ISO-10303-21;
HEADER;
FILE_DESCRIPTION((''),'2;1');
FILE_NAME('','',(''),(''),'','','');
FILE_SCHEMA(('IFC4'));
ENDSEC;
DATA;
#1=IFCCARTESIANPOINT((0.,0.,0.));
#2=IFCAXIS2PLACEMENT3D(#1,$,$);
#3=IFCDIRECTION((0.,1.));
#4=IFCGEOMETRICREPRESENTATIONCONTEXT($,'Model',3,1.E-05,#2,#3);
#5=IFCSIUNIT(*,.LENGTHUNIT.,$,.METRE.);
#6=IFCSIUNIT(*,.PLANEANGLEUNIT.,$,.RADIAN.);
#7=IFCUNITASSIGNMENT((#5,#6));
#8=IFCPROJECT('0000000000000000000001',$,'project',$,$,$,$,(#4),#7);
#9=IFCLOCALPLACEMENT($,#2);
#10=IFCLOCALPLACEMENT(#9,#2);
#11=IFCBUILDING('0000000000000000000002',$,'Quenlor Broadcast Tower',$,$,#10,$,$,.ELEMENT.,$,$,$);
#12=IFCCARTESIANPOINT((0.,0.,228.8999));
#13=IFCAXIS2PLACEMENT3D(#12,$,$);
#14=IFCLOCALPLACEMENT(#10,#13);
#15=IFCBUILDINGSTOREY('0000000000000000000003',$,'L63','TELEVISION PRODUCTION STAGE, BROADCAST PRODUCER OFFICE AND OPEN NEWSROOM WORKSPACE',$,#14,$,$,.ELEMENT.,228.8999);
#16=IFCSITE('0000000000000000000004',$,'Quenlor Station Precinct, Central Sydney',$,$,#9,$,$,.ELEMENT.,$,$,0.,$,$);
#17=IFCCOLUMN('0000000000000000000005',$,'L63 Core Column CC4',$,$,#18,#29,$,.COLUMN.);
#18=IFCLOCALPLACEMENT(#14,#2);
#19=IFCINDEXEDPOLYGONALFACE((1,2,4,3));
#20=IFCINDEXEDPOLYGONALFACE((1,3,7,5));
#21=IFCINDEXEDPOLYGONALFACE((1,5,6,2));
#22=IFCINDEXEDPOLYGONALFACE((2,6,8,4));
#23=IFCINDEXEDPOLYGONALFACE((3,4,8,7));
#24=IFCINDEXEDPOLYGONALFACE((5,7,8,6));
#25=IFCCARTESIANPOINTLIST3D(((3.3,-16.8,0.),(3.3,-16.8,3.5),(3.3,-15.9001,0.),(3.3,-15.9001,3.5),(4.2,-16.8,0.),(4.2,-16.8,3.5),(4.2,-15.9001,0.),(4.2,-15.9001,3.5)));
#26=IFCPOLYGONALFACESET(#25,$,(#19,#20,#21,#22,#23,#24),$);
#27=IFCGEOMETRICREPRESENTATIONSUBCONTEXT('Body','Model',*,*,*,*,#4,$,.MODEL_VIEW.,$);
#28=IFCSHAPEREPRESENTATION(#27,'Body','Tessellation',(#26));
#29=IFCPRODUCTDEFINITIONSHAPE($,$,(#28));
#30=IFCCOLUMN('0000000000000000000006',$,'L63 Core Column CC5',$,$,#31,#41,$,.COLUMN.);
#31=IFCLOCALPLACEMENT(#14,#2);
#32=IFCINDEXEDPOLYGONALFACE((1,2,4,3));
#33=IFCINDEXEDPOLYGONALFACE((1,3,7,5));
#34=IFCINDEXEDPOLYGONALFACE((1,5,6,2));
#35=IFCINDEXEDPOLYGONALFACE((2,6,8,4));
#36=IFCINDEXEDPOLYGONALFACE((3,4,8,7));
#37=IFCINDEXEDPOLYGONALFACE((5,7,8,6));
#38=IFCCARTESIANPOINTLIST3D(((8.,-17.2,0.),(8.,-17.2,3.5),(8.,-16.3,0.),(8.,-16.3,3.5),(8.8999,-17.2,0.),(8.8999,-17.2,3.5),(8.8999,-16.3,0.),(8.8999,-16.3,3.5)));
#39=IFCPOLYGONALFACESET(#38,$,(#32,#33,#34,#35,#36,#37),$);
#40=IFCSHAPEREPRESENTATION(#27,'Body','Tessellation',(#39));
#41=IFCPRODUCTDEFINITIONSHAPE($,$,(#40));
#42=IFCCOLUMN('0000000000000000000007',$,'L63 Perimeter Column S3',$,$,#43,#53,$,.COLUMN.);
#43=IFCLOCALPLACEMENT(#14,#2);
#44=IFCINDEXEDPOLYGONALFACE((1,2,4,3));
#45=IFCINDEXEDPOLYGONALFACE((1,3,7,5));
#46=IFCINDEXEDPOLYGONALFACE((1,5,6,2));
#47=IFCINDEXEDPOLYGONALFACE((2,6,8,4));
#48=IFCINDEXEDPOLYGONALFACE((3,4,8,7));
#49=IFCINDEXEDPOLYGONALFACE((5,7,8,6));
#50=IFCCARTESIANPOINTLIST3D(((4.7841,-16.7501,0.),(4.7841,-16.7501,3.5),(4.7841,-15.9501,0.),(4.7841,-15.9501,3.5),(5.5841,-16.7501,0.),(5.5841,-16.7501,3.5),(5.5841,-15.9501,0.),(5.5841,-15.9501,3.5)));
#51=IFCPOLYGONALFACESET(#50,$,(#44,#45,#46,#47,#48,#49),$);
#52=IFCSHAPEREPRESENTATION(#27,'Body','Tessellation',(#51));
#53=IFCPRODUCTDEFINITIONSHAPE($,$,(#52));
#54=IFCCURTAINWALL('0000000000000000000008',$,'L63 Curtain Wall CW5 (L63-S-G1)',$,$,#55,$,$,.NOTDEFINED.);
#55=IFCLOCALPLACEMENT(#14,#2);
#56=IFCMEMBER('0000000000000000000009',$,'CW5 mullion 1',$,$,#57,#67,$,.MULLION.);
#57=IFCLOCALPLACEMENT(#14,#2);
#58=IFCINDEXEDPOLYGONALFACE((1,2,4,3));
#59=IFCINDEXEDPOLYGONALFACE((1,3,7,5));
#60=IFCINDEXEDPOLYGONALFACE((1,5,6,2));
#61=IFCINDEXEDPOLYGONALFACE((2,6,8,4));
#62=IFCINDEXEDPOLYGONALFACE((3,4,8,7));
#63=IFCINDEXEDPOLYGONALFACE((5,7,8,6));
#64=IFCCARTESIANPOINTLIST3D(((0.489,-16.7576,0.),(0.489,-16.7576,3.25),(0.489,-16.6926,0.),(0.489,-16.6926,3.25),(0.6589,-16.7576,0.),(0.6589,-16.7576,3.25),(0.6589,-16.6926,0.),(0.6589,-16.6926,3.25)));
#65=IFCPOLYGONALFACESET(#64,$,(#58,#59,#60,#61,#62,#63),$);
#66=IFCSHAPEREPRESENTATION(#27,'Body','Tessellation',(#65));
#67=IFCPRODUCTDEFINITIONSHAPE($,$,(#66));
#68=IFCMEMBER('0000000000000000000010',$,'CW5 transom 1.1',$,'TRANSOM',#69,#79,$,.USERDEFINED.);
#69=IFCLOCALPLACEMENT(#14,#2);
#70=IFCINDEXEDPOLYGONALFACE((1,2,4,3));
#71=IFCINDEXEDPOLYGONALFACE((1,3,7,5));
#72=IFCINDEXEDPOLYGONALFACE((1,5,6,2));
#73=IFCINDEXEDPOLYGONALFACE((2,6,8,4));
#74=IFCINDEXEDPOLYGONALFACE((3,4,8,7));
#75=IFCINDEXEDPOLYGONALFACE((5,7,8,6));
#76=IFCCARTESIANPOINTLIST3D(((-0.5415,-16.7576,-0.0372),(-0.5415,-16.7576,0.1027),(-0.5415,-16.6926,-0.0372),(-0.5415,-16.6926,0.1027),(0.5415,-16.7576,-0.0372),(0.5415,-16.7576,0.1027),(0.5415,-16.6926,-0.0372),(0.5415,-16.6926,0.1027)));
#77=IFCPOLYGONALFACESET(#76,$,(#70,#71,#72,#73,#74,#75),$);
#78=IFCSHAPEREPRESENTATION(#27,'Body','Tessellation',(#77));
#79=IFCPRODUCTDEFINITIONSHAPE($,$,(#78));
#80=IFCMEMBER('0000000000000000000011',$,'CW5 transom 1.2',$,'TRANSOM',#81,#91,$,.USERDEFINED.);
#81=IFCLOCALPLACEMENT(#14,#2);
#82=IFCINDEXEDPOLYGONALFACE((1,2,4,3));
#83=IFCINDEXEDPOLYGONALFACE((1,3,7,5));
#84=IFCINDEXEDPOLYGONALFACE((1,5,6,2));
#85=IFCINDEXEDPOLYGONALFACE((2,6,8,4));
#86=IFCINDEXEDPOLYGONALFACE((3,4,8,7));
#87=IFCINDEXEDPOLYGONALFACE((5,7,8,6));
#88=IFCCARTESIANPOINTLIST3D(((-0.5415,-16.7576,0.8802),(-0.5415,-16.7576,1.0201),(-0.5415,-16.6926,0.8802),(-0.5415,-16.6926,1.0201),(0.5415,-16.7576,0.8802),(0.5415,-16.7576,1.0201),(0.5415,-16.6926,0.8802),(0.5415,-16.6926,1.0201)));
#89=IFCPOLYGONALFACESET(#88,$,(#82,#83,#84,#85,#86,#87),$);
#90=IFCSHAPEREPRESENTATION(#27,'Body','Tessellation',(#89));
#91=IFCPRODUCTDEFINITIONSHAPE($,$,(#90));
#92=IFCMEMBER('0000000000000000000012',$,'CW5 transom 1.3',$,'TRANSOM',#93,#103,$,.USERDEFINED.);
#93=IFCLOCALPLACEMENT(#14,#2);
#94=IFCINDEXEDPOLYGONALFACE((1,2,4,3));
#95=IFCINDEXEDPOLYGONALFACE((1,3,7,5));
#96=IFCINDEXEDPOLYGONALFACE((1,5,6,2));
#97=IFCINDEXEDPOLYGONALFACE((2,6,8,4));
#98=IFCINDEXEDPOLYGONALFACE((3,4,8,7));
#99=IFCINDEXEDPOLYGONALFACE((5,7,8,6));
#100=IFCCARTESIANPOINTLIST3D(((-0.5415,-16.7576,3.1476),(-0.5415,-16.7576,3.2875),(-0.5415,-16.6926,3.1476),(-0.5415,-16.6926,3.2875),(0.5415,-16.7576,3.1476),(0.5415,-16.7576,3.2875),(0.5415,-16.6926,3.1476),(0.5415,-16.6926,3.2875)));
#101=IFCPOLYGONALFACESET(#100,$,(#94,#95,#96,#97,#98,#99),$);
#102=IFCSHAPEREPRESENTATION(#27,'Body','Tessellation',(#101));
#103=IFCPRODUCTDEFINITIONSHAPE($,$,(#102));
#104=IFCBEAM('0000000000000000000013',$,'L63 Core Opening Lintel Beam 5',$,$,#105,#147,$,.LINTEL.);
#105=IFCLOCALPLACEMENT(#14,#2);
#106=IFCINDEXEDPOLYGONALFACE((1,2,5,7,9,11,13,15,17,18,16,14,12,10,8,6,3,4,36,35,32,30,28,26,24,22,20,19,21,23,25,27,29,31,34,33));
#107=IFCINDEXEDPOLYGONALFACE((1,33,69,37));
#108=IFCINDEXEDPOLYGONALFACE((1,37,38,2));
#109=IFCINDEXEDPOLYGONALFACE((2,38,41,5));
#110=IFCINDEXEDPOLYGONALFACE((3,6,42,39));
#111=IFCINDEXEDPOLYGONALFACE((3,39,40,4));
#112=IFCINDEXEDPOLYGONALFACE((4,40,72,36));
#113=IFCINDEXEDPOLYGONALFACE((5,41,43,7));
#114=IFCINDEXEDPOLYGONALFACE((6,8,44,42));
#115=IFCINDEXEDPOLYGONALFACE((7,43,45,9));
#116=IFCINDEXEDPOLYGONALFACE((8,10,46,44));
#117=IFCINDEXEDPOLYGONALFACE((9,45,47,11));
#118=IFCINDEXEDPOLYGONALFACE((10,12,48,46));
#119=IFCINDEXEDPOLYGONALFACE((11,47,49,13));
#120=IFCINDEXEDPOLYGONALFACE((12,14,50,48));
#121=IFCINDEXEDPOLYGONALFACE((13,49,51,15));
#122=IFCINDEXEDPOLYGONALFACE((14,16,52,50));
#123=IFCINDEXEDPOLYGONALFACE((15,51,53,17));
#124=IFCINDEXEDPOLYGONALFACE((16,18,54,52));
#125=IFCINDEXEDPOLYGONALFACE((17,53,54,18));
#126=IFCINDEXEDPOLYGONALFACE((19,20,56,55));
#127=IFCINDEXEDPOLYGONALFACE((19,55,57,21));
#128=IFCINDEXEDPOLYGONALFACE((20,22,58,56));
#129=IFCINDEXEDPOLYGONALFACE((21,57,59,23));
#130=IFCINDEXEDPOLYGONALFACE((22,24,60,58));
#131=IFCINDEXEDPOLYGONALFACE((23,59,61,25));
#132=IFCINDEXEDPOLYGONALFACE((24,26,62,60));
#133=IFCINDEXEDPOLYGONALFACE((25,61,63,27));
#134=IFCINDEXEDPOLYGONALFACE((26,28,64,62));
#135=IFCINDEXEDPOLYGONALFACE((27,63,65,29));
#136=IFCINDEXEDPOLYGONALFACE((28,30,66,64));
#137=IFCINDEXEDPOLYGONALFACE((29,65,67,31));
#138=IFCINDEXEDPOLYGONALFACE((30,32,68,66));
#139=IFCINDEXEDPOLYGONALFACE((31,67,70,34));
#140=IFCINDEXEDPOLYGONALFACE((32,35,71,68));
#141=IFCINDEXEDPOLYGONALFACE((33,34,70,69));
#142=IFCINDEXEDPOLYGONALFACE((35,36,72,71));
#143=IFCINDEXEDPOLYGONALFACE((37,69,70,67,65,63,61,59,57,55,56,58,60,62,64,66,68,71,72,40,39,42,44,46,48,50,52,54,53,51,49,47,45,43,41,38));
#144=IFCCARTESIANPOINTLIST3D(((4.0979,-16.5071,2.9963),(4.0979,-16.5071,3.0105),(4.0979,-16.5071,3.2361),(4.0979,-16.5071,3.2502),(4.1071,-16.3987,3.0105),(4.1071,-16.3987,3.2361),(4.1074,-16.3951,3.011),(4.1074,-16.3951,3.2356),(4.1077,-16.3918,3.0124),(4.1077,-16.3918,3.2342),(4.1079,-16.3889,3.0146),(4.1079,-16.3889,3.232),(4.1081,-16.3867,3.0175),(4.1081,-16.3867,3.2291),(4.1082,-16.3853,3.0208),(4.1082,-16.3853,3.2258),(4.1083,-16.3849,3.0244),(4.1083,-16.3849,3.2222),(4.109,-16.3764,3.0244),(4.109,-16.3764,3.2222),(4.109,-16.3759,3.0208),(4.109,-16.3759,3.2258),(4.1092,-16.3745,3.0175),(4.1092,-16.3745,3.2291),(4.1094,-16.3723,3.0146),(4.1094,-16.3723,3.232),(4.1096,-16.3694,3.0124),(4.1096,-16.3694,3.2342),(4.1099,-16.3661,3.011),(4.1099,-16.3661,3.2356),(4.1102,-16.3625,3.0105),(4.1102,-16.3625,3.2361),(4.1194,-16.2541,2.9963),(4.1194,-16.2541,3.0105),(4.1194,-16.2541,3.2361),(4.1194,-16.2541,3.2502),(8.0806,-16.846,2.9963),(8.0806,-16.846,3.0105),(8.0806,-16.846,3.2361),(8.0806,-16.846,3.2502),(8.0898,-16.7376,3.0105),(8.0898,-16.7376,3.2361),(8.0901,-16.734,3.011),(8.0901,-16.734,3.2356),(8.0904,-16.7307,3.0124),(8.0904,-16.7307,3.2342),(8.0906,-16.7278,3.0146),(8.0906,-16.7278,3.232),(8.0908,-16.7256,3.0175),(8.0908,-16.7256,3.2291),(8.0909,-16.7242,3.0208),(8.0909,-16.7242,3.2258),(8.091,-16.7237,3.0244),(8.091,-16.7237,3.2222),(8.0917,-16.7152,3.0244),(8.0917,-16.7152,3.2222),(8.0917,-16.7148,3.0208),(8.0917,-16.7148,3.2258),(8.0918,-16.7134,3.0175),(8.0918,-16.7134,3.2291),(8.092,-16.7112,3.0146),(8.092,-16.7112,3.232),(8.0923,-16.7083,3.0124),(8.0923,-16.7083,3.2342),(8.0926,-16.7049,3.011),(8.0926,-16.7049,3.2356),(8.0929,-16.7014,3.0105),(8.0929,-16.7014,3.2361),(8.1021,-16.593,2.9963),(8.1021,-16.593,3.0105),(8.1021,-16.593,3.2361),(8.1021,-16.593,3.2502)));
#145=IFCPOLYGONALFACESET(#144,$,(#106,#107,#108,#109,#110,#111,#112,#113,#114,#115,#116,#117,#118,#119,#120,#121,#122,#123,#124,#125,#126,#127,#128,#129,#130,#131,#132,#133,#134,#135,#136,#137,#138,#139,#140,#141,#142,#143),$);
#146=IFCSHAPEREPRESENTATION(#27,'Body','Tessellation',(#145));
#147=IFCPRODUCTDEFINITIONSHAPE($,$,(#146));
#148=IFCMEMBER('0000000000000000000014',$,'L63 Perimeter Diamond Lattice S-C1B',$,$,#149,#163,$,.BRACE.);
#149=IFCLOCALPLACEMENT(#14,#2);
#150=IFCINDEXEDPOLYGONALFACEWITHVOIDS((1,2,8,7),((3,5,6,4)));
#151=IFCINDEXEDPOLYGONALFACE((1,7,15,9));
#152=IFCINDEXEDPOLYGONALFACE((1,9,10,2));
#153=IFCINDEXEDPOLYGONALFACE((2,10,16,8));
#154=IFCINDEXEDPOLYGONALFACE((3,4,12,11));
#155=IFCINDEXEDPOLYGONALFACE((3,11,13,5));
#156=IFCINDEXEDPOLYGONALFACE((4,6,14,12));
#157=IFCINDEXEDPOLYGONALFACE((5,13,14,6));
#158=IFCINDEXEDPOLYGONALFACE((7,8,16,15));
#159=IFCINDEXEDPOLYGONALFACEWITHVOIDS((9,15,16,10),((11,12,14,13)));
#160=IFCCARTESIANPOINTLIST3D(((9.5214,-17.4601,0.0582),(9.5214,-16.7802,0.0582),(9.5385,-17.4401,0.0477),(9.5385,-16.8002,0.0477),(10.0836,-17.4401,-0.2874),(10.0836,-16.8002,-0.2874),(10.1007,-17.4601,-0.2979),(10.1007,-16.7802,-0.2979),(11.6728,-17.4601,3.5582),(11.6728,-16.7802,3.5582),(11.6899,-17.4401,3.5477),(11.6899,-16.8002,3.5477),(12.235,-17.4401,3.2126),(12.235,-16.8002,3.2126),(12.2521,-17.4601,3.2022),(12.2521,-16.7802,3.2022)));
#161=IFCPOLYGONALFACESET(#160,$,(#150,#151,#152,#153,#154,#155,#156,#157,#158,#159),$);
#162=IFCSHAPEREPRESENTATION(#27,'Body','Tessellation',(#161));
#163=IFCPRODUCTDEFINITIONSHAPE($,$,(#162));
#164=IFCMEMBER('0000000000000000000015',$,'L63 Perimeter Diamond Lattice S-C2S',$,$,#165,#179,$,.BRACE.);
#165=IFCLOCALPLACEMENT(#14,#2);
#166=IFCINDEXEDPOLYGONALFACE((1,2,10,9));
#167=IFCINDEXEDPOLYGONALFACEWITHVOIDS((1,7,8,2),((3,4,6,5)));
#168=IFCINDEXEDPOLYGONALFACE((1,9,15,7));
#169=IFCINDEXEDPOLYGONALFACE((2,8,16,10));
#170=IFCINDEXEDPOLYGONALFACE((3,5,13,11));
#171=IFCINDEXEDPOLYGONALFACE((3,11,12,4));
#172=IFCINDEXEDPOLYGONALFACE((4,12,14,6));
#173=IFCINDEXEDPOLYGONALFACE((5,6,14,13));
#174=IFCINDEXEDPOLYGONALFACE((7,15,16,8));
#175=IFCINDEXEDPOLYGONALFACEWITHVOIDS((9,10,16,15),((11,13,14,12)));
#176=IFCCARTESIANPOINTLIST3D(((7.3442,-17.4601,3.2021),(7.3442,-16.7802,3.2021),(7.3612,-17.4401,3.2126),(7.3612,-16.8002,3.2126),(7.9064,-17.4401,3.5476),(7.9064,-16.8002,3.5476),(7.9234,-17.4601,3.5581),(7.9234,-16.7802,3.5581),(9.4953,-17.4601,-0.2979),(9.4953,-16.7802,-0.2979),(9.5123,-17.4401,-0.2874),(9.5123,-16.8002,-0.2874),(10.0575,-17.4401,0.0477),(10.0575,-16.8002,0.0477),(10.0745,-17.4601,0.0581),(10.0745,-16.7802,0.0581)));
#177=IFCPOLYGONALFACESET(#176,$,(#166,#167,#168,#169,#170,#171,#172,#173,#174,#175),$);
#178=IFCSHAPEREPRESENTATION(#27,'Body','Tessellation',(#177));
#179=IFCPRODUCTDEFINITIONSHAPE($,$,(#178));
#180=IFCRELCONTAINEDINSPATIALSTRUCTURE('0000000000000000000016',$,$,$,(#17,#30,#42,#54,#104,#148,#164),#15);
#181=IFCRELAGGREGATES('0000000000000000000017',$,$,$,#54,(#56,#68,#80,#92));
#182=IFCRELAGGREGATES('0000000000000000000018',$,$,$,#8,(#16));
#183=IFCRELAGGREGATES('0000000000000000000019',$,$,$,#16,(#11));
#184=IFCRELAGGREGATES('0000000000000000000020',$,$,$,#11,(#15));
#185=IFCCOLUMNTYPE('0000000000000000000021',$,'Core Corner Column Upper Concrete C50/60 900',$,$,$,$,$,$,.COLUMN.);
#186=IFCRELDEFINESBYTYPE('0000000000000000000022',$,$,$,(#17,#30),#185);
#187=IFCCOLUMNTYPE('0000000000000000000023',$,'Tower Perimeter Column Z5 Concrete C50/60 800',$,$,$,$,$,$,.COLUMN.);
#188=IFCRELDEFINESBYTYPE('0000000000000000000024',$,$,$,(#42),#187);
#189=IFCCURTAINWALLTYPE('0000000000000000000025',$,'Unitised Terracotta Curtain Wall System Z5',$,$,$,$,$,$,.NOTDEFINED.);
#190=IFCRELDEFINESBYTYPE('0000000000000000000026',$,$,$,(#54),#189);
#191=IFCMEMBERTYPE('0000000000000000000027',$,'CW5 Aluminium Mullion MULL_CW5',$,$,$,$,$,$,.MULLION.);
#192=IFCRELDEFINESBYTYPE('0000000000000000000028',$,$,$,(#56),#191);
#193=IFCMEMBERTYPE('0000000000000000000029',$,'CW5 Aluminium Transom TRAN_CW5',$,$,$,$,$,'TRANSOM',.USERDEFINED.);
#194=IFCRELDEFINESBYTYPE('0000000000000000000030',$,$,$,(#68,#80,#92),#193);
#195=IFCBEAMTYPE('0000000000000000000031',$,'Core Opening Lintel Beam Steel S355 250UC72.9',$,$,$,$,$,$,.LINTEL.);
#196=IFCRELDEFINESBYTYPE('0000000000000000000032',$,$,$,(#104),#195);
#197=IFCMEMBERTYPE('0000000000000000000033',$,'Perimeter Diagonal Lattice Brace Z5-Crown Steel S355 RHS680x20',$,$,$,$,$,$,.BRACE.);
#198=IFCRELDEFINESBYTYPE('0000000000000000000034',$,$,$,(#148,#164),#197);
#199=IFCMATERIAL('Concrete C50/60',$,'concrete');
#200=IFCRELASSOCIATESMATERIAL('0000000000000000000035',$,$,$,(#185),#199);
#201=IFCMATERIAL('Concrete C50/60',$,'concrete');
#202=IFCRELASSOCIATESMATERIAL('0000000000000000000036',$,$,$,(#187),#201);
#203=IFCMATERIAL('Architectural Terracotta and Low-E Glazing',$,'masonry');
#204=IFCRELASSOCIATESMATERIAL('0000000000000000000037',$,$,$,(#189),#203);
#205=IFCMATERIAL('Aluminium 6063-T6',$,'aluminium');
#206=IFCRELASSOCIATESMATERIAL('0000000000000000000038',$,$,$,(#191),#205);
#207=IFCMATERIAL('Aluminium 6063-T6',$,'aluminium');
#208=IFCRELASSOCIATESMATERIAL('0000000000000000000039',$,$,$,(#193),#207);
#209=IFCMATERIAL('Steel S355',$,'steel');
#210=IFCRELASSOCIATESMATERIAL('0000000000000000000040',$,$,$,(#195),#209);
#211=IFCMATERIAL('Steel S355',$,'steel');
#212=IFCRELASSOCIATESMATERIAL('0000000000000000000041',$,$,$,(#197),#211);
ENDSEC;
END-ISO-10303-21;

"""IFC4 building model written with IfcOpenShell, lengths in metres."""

from ifc_helpers import new_model, si_unit, direction, frame, origin, origin_2d, place, context, subcontext, project, spatial, rectangle, hollow_rectangle, i_section, extrude, material, material_profile, profile_set, type_object, element, aggregate, save


model = new_model("IFC4")

# Units and contexts
model_context = context("Model", 3, precision=1e-05, world=origin(), true_north=direction((0.0, 1.0)))
body_context = subcontext(model_context, "Body", "Model", "MODEL_VIEW")
ifc_project = project(units=[si_unit("LENGTHUNIT", "METRE"), si_unit("PLANEANGLEUNIT", "RADIAN")], contexts=[model_context])

# Site, building, storey
site_placement = place(None, origin())
site = spatial("IfcSite", under=ifc_project, at=site_placement, Name="Quenlor Station Precinct, Central Sydney", CompositionType="ELEMENT", RefElevation=0.0)
building_placement = place(site_placement, origin())
building = spatial("IfcBuilding", under=site, at=building_placement, Name="Quenlor Broadcast Tower", CompositionType="ELEMENT")
storey_placement = place(building_placement, frame((0.0, 0.0, 228.8999)))
storey = spatial("IfcBuildingStorey", under=building, at=storey_placement, Name="L63", Description="TELEVISION PRODUCTION STAGE, BROADCAST PRODUCER OFFICE AND OPEN NEWSROOM WORKSPACE", CompositionType="ELEMENT", Elevation=228.8999)

# Columns
ifc_material_1 = material(Name="Concrete C50/60", Category="concrete")
ifc_material_profile_1 = material_profile(ifc_material_1, rectangle(XDim=0.8999, YDim=0.8999, at=origin_2d()))
ifc_profile_set_1 = profile_set([ifc_material_profile_1], Name="Concrete C50/60 RC900x900")
column_type_1 = type_object("IfcColumnType", Name="Core Corner Column Upper Concrete C50/60 900", PredefinedType="COLUMN", material=ifc_profile_set_1)
for number, where, z_axis, x_axis, name in (
    (1, (3.75, -16.3501, 0.0), (0.0, 0.0, 1.0), (1.0, 0.0, 0.0), "L63 Core Column CC4"),
    (2, (8.45, -16.75, 0.0), (0.0, 0.0, 1.0), (1.0, 0.0, 0.0), "L63 Core Column CC5"),
):
    element("IfcColumn", number, at=place(storey_placement, frame(where, z_axis=z_axis, x_axis=x_axis)), inside=storey, type_object=column_type_1, Name=name, PredefinedType="COLUMN", context=body_context, shape_type="SweptSolid", body=[
        extrude(rectangle(XDim=0.8999, YDim=0.8999, at=origin_2d()), origin(), (0.0, 0.0, 1.0), 3.5),
    ])
ifc_material_2 = material(Name="Concrete C50/60", Category="concrete")
ifc_material_profile_2 = material_profile(ifc_material_2, rectangle(XDim=0.8, YDim=0.8, at=origin_2d()))
ifc_profile_set_2 = profile_set([ifc_material_profile_2], Name="Concrete C50/60 RC800x800")
column_type_2 = type_object("IfcColumnType", Name="Tower Perimeter Column Z5 Concrete C50/60 800", PredefinedType="COLUMN", material=ifc_profile_set_2)
column_placement = place(storey_placement, frame((5.1841, -16.3501, 0.0), z_axis=(0.0, 0.0, 1.0), x_axis=(0.0, 1.0, 0.0)))
element("IfcColumn", 3, at=column_placement, inside=storey, type_object=column_type_2, Name="L63 Perimeter Column S3", PredefinedType="COLUMN", context=body_context, shape_type="SweptSolid", body=[
    extrude(rectangle(XDim=0.8, YDim=0.8, at=origin_2d()), origin(), (0.0, 0.0, 1.0), 3.5),
])

# Curtain wall, members
ifc_material_3 = material(Name="Architectural Terracotta and Low-E Glazing", Category="masonry")
curtain_wall_type = type_object("IfcCurtainWallType", Name="Unitised Terracotta Curtain Wall System Z5", PredefinedType="NOTDEFINED", material=ifc_material_3)
curtain_wall_placement = place(storey_placement, origin())
curtain_wall = element("IfcCurtainWall", 4, at=curtain_wall_placement, inside=storey, type_object=curtain_wall_type, Name="L63 Curtain Wall CW5 (L63-S-G1)", PredefinedType="NOTDEFINED")
ifc_material_4 = material(Name="Aluminium 6063-T6", Category="aluminium")
ifc_material_profile_3 = material_profile(ifc_material_4, rectangle(XDim=0.0649, YDim=0.1699, at=origin_2d()))
ifc_profile_set_3 = profile_set([ifc_material_profile_3], Name="Aluminium 6063-T6 MULL65x170")
member_type_1 = type_object("IfcMemberType", Name="CW5 Aluminium Mullion MULL_CW5", PredefinedType="MULLION", material=ifc_profile_set_3)
member_1_placement = place(storey_placement, frame((0.574, -16.7251, 0.0), z_axis=(0.0, 0.0, 1.0), x_axis=(0.0, -1.0, 0.0)))
member_1 = element("IfcMember", 5, at=member_1_placement, type_object=member_type_1, Name="CW5 mullion 1", PredefinedType="MULLION", context=body_context, shape_type="SweptSolid", body=[
    extrude(rectangle(XDim=0.0649, YDim=0.1699, at=origin_2d()), origin(), (0.0, 0.0, 1.0), 3.25),
])
ifc_material_5 = material(Name="Aluminium 6063-T6", Category="aluminium")
ifc_material_profile_4 = material_profile(ifc_material_5, rectangle(XDim=0.0649, YDim=0.1399, at=origin_2d()))
ifc_profile_set_4 = profile_set([ifc_material_profile_4], Name="Aluminium 6063-T6 TRAN65x140")
member_type_2 = type_object("IfcMemberType", Name="CW5 Aluminium Transom TRAN_CW5", ElementType="TRANSOM", PredefinedType="USERDEFINED", material=ifc_profile_set_4)
member_2_placement = place(storey_placement, frame((0.5415, -16.7251, 0.0327), z_axis=(-1.0, 0.0, 0.0), x_axis=(0.0, -1.0, 0.0)))
member_2 = element("IfcMember", 6, at=member_2_placement, type_object=member_type_2, Name="CW5 transom 1.1", ObjectType="TRANSOM", PredefinedType="USERDEFINED", context=body_context, shape_type="SweptSolid", body=[
    extrude(rectangle(XDim=0.0649, YDim=0.1399, at=origin_2d()), origin(), (0.0, 0.0, 1.0), 1.083),
])
member_3_placement = place(storey_placement, frame((0.5415, -16.7251, 0.9502), z_axis=(-1.0, 0.0, 0.0), x_axis=(0.0, -1.0, 0.0)))
member_3 = element("IfcMember", 7, at=member_3_placement, type_object=member_type_2, Name="CW5 transom 1.2", ObjectType="TRANSOM", PredefinedType="USERDEFINED", context=body_context, shape_type="SweptSolid", body=[
    extrude(rectangle(XDim=0.0649, YDim=0.1399, at=origin_2d()), origin(), (0.0, 0.0, 1.0), 1.083),
])
member_4_placement = place(storey_placement, frame((0.5415, -16.7251, 3.2175), z_axis=(-1.0, 0.0, 0.0), x_axis=(0.0, -1.0, 0.0)))
member_4 = element("IfcMember", 8, at=member_4_placement, type_object=member_type_2, Name="CW5 transom 1.3", ObjectType="TRANSOM", PredefinedType="USERDEFINED", context=body_context, shape_type="SweptSolid", body=[
    extrude(rectangle(XDim=0.0649, YDim=0.1399, at=origin_2d()), origin(), (0.0, 0.0, 1.0), 1.083),
])
aggregate(curtain_wall, [member_1, member_2, member_3, member_4])

# Beam
ifc_material_6 = material(Name="Steel S355", Category="steel")
ifc_material_profile_5 = material_profile(ifc_material_6, i_section(OverallWidth=0.2539, OverallDepth=0.2539, WebThickness=0.0085, FlangeThickness=0.0142, FilletRadius=0.0139, at=origin_2d()))
ifc_profile_set_5 = profile_set([ifc_material_profile_5], Name="Steel S355 250UC72.9")
beam_type_1 = type_object("IfcBeamType", Name="Core Opening Lintel Beam Steel S355 250UC72.9", PredefinedType="LINTEL", material=ifc_profile_set_5)
beam_1_placement = place(storey_placement, frame((4.1086, -16.3806, 3.1233), z_axis=(0.9964, -0.084779, 0.0), x_axis=(0.084779, 0.9964, 0.0)))
element("IfcBeam", 9, at=beam_1_placement, inside=storey, type_object=beam_type_1, Name="L63 Core Opening Lintel Beam 5", PredefinedType="LINTEL", context=body_context, shape_type="SweptSolid", body=[
    extrude(i_section(OverallWidth=0.2539, OverallDepth=0.2539, WebThickness=0.0085, FlangeThickness=0.0142, FilletRadius=0.0139, at=origin_2d()), origin(), (0.0, 0.0, 1.0), 3.9971),
])

# Members
ifc_material_7 = material(Name="Steel S355", Category="steel")
ifc_material_profile_6 = material_profile(ifc_material_7, hollow_rectangle(XDim=0.6799, YDim=0.6799, WallThickness=0.02, at=origin_2d()))
ifc_profile_set_6 = profile_set([ifc_material_profile_6], Name="Steel S355 RHS680x680x20")
member_type_3 = type_object("IfcMemberType", Name="Perimeter Diagonal Lattice Brace Z5-Crown Steel S355 RHS680x20", PredefinedType="BRACE", material=ifc_profile_set_6)
member_5_placement = place(storey_placement, frame((9.811, -17.1201, -0.1199), z_axis=(0.52366, 0.0, 0.851928), x_axis=(0.0, 1.0, 0.0)))
element("IfcMember", 10, at=member_5_placement, inside=storey, type_object=member_type_3, Name="L63 Perimeter Diamond Lattice S-C1B", PredefinedType="BRACE", context=body_context, shape_type="SweptSolid", body=[
    extrude(hollow_rectangle(XDim=0.6799, YDim=0.6799, WallThickness=0.02, at=origin_2d()), origin(), (0.0, 0.0, 1.0), 4.1084),
])
member_6_placement = place(storey_placement, frame((9.7849, -17.1201, -0.1199), z_axis=(-0.523617, 0.0, 0.851954), x_axis=(0.0, -1.0, 0.0)))
element("IfcMember", 11, at=member_6_placement, inside=storey, type_object=member_type_3, Name="L63 Perimeter Diamond Lattice S-C2S", PredefinedType="BRACE", context=body_context, shape_type="SweptSolid", body=[
    extrude(hollow_rectangle(XDim=0.6799, YDim=0.6799, WallThickness=0.02, at=origin_2d()), origin(), (0.0, 0.0, 1.0), 4.1082),
])

save(model, "model.ifc")
